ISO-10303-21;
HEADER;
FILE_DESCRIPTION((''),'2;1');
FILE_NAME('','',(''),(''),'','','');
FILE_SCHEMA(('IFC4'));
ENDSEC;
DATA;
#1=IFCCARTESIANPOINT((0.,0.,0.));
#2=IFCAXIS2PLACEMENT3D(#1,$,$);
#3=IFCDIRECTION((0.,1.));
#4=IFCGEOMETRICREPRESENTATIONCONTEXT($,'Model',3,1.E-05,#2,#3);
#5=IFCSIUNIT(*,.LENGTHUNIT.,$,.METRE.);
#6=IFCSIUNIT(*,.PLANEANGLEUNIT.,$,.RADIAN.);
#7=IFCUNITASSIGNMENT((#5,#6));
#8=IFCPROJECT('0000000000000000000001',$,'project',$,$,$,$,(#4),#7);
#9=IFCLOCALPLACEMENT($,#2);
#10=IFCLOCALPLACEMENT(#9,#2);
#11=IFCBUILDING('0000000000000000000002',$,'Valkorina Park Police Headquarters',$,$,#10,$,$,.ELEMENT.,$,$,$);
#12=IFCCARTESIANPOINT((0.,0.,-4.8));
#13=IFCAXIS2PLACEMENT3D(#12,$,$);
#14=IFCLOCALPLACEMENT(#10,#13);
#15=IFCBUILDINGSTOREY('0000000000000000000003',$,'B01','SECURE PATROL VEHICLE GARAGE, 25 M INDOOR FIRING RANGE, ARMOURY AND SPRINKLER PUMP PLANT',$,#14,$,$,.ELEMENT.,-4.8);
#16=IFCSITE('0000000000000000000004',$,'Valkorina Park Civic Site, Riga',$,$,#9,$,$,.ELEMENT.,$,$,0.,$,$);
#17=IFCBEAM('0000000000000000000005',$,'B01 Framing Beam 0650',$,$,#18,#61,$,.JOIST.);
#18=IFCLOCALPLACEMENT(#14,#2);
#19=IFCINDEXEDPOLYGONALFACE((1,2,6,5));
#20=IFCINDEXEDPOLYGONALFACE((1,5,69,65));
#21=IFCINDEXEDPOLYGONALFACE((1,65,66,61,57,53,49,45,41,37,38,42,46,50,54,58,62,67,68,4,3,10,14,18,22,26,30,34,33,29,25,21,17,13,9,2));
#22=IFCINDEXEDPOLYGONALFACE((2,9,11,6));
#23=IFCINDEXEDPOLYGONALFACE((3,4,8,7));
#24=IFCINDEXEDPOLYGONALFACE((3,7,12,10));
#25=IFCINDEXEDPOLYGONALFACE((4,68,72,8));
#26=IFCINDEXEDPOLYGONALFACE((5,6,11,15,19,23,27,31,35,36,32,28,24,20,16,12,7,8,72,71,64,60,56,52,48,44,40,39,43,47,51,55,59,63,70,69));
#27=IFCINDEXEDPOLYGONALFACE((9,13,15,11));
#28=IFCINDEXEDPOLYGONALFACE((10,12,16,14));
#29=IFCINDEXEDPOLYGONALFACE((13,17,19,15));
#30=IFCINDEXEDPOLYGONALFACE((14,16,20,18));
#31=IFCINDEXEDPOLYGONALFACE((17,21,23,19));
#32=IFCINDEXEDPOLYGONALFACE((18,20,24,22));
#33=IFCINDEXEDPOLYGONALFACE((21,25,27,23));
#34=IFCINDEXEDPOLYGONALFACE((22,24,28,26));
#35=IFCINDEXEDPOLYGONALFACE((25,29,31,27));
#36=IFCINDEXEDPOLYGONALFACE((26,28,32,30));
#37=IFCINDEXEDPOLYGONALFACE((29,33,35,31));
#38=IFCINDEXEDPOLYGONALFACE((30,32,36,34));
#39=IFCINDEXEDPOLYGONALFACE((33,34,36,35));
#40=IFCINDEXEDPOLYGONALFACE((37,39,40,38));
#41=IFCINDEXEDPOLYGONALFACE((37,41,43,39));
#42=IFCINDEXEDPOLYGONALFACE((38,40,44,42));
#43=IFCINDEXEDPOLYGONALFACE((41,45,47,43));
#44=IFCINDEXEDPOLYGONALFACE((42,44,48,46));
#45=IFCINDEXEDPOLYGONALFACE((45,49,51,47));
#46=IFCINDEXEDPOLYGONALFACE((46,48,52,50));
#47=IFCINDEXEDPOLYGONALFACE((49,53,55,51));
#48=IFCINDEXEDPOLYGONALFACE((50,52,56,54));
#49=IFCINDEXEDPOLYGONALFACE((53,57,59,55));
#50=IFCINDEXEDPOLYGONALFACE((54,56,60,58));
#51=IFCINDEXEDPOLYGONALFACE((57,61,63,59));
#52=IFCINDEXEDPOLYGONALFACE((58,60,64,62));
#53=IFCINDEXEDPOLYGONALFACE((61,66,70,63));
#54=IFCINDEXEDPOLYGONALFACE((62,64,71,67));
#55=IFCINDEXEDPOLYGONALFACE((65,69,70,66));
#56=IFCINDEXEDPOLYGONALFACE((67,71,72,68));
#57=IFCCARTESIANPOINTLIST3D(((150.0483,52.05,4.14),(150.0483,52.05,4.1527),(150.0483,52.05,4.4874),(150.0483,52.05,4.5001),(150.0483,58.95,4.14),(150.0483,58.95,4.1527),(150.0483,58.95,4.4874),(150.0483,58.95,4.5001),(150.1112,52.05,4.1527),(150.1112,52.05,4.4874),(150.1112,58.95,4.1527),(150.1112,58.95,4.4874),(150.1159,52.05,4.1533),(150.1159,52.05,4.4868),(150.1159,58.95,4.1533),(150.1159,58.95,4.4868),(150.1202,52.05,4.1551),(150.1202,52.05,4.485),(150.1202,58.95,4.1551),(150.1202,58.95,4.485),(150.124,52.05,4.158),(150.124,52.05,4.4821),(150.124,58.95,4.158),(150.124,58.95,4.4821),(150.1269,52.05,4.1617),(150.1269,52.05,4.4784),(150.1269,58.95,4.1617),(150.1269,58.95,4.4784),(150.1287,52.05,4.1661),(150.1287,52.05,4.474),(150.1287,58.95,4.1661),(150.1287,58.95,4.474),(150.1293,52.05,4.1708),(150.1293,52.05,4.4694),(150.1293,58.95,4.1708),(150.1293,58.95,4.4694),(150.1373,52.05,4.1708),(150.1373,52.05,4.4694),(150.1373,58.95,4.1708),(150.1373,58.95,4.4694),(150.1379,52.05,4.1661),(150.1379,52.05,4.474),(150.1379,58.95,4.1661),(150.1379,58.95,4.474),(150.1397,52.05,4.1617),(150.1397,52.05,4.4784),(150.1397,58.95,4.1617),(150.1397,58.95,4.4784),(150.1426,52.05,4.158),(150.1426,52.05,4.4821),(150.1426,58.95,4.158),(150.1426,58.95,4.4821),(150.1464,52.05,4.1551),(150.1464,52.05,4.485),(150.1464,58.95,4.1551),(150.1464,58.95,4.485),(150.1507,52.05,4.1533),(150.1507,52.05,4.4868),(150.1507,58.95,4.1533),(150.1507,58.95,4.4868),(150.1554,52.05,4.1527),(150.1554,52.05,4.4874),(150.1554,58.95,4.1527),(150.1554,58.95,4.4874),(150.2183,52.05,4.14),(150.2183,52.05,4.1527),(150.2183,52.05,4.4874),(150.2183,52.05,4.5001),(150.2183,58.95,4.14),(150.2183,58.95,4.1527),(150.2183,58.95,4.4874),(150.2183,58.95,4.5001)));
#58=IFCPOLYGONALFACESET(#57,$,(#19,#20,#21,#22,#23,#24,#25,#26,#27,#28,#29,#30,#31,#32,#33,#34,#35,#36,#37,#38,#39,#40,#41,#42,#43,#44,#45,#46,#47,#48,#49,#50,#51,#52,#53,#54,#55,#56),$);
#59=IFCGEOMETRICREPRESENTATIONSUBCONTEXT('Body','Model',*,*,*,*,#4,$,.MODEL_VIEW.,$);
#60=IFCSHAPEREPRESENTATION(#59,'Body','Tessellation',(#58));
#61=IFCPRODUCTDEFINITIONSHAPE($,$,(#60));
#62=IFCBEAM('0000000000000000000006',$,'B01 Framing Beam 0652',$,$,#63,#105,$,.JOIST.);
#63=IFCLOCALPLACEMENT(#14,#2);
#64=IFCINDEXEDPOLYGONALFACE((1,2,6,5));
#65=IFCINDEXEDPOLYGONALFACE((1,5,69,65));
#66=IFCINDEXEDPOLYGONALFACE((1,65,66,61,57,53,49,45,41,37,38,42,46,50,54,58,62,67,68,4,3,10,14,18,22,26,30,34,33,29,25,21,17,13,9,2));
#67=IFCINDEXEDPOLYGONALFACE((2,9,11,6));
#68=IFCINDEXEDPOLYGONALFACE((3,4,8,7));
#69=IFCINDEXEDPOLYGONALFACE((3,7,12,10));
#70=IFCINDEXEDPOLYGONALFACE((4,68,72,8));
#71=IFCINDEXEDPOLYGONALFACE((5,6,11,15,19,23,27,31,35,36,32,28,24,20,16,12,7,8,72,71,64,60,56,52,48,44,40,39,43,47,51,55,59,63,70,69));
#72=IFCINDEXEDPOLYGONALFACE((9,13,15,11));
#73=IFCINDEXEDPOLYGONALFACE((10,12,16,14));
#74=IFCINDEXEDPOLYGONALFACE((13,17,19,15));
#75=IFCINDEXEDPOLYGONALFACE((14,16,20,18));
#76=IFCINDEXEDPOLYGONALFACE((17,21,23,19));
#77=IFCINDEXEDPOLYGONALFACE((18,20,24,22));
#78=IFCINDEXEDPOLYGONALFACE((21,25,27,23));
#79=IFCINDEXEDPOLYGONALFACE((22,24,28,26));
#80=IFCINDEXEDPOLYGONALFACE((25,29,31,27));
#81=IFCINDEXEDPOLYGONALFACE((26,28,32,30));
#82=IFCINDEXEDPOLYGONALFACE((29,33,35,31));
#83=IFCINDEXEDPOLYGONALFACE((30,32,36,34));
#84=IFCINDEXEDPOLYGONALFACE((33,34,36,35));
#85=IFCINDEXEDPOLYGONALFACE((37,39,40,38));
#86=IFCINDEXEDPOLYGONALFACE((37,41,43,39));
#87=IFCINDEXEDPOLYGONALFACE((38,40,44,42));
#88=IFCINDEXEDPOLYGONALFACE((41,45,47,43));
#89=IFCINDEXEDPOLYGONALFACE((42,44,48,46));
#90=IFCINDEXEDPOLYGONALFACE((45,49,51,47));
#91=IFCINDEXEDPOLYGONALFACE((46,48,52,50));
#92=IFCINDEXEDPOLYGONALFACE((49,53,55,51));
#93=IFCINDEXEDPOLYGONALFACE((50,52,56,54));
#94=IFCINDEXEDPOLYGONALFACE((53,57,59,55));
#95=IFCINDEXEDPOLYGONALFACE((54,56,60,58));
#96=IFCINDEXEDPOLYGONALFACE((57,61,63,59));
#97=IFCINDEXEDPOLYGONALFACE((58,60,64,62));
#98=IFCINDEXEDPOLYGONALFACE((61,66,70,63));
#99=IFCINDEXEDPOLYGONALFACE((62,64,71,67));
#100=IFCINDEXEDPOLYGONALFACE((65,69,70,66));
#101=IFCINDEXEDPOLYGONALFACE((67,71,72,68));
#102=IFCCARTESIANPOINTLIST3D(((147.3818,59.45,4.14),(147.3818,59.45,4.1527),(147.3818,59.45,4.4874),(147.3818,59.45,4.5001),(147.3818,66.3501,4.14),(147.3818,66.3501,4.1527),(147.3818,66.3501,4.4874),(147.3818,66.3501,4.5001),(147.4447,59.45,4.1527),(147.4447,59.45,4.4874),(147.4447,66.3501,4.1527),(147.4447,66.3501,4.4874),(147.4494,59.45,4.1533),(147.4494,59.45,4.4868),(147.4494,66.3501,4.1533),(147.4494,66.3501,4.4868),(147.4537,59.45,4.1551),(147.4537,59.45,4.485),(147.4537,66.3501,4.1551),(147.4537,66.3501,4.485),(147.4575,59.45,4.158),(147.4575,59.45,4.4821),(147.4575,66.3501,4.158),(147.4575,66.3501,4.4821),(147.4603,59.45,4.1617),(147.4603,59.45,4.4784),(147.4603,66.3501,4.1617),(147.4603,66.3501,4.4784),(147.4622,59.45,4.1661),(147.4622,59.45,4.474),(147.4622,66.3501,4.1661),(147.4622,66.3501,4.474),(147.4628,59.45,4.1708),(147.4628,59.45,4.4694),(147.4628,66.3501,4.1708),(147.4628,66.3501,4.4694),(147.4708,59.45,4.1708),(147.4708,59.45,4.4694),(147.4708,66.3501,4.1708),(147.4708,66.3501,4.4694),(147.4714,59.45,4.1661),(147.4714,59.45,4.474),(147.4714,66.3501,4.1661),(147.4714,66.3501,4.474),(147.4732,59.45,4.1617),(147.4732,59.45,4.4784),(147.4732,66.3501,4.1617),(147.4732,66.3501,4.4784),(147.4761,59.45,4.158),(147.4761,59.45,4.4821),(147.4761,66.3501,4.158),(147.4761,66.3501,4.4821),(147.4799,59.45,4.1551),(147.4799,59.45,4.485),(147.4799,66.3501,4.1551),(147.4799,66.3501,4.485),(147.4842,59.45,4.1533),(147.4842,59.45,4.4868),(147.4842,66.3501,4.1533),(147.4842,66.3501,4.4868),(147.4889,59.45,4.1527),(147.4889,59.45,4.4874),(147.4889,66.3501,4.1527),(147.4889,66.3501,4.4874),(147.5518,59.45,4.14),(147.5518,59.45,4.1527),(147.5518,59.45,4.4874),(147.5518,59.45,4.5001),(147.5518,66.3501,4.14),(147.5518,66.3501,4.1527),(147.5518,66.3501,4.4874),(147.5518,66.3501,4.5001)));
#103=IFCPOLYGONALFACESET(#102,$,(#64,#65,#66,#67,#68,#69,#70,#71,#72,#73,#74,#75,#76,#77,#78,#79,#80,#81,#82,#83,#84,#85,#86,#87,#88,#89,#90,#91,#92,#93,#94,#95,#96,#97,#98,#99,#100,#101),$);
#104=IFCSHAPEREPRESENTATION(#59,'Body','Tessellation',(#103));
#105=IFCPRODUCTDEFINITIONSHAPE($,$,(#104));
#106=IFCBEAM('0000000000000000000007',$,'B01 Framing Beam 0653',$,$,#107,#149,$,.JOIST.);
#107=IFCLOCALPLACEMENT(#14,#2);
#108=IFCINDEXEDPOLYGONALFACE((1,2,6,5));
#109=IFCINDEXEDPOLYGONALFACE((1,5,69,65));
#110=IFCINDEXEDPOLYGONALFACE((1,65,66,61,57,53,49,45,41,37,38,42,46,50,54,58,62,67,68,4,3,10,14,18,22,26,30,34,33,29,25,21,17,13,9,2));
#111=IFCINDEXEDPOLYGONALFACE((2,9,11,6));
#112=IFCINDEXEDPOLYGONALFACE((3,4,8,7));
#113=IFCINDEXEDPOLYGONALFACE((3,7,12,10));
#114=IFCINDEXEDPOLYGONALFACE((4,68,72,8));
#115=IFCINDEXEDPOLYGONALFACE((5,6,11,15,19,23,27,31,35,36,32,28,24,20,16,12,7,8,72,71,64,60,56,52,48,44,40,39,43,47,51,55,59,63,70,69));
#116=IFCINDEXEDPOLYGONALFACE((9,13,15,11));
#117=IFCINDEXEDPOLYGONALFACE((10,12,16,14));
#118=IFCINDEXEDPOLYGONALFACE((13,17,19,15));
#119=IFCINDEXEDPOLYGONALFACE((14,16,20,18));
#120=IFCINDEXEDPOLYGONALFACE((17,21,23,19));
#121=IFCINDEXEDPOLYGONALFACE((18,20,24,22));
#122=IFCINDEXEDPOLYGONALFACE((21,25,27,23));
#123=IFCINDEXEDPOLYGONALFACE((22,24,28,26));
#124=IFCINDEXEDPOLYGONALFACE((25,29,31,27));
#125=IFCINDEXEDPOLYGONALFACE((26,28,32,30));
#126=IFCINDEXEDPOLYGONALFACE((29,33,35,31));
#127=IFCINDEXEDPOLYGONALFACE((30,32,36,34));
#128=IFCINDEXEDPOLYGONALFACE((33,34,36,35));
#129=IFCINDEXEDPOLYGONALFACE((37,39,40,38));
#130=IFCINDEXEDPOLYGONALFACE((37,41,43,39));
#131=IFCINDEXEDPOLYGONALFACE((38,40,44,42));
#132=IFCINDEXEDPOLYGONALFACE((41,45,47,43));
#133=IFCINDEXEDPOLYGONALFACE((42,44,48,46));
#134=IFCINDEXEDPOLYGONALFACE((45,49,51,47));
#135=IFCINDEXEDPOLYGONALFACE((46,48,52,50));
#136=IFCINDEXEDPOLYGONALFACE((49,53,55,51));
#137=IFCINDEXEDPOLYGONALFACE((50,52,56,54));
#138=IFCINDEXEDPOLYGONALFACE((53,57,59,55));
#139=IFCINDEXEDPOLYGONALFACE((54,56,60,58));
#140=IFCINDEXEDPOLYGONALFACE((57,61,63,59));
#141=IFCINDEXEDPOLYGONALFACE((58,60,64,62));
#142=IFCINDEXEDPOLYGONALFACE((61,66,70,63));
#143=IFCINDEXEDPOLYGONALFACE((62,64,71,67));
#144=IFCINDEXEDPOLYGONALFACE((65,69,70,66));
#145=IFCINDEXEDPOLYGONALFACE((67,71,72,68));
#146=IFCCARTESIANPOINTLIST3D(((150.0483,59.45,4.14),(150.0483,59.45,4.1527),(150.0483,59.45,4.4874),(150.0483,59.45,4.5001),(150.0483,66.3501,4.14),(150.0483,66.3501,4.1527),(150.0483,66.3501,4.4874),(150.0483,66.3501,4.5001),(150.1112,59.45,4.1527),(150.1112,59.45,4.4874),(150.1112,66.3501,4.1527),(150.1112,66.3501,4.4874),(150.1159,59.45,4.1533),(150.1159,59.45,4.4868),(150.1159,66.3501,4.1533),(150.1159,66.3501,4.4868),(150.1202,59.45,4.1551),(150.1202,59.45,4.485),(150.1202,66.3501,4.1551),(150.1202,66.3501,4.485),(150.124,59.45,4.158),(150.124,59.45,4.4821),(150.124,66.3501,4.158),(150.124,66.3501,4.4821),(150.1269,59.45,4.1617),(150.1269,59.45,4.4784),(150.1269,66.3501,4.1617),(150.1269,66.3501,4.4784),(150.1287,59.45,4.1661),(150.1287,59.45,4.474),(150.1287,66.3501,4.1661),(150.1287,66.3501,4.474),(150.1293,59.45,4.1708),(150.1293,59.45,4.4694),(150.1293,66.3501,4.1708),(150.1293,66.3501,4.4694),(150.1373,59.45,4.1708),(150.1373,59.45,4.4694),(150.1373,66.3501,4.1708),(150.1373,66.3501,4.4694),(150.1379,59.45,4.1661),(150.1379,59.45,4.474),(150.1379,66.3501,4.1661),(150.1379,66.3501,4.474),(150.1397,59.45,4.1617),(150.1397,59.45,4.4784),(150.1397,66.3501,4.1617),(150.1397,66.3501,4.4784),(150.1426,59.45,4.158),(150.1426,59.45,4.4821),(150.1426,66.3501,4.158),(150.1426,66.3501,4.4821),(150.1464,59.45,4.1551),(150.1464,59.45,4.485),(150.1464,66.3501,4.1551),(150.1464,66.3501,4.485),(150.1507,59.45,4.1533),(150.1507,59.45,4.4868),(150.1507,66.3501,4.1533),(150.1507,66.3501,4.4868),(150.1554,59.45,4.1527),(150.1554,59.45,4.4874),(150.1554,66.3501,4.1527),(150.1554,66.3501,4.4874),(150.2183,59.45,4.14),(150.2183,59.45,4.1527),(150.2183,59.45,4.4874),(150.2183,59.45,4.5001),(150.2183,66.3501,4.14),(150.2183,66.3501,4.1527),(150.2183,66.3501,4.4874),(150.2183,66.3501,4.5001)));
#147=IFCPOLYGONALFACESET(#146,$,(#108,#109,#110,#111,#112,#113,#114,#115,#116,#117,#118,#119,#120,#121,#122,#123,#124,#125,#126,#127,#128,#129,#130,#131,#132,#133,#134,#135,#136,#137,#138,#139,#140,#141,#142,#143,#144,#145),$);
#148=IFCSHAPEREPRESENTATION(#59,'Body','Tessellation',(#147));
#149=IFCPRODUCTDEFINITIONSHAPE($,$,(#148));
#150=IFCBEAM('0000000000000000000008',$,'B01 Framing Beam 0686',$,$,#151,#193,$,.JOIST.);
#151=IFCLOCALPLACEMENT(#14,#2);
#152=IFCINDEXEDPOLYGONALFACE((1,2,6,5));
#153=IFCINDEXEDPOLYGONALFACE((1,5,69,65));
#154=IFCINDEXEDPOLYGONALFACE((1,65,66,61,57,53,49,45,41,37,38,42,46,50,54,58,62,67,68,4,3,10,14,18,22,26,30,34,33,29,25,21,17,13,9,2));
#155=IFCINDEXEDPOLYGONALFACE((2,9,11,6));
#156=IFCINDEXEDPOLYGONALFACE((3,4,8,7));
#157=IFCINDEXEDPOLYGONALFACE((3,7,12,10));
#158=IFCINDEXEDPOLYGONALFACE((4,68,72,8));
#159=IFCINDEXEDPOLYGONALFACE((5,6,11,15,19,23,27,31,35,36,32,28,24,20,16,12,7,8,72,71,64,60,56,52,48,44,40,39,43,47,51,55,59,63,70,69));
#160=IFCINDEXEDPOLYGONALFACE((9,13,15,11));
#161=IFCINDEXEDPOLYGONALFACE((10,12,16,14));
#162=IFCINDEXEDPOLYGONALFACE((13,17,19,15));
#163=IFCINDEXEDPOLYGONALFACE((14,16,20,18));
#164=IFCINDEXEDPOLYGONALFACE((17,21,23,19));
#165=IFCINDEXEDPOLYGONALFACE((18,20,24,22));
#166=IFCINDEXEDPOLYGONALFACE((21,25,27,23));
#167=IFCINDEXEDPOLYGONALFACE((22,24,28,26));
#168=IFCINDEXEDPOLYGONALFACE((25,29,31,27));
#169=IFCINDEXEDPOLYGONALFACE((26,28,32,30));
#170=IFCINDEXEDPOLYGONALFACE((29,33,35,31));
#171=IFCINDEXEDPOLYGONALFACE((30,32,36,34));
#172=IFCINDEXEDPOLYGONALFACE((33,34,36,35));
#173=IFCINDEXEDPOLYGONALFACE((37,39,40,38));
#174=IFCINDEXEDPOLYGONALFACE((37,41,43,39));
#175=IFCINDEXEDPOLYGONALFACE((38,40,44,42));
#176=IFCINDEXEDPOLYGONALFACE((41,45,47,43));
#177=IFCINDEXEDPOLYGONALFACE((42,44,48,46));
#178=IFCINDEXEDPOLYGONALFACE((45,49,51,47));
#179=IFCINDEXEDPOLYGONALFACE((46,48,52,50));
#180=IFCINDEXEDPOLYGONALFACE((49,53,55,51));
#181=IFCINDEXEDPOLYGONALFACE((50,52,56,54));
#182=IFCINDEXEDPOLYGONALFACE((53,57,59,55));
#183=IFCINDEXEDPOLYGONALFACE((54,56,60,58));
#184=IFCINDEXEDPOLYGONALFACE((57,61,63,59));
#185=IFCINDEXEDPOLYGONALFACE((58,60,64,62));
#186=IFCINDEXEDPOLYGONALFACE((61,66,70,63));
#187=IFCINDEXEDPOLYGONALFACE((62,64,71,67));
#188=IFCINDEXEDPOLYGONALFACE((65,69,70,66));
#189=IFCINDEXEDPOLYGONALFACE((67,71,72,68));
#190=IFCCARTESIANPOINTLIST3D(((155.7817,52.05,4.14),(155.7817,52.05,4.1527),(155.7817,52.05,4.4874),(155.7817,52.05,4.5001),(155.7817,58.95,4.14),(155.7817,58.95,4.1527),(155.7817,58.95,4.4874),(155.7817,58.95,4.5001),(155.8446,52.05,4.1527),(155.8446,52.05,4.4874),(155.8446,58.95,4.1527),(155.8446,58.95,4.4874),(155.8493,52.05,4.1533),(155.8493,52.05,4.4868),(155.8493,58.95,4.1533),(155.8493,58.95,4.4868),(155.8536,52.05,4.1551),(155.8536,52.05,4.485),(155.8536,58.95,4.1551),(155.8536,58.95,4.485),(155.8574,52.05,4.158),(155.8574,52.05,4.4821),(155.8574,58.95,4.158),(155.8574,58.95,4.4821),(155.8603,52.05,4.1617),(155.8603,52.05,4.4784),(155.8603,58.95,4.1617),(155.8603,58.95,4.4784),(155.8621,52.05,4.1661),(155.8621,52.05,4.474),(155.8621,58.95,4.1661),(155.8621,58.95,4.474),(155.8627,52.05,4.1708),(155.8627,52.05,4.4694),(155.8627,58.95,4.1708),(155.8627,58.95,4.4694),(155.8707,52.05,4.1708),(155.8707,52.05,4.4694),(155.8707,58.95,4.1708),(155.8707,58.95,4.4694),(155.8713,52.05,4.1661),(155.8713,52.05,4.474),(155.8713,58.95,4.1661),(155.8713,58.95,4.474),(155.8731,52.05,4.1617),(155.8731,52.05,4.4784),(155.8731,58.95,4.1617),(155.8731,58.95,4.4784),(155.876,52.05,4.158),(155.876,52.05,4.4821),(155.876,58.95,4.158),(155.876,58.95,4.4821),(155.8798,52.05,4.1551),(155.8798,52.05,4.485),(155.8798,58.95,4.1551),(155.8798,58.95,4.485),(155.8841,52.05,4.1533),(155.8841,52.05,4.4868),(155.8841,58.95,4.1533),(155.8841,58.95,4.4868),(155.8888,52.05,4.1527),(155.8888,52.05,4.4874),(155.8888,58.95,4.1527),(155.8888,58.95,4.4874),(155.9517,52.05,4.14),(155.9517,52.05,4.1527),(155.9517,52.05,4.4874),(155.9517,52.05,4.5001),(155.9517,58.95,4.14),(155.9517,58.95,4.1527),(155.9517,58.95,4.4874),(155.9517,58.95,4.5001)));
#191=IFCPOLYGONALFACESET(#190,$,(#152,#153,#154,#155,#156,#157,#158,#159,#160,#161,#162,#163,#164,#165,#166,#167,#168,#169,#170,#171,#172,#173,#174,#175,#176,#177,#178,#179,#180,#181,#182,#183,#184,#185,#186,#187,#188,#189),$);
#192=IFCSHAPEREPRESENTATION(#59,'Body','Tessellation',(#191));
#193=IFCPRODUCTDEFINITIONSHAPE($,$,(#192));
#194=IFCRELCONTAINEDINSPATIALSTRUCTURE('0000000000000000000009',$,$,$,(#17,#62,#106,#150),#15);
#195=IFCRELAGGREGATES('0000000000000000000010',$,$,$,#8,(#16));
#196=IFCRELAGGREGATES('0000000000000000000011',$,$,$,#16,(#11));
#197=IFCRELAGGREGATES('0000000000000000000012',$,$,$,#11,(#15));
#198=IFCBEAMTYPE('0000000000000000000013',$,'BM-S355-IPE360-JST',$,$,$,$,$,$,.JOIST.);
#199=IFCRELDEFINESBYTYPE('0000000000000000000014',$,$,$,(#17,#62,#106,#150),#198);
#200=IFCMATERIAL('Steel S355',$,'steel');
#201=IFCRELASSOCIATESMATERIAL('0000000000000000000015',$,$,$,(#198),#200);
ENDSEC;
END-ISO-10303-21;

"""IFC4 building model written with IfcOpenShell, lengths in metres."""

from ifc_helpers import new_model, si_unit, direction, frame, origin, origin_2d, place, context, subcontext, project, spatial, i_section, extrude, material, material_profile, profile_set, type_object, element, save


model = new_model("IFC4")

# Units and contexts
model_context = context("Model", 3, precision=1e-05, world=origin(), true_north=direction((0.0, 1.0)))
body_context = subcontext(model_context, "Body", "Model", "MODEL_VIEW")
ifc_project = project(units=[si_unit("LENGTHUNIT", "METRE"), si_unit("PLANEANGLEUNIT", "RADIAN")], contexts=[model_context])

# Site, building, storey
site_placement = place(None, origin())
site = spatial("IfcSite", under=ifc_project, at=site_placement, Name="Valkorina Park Civic Site, Riga", CompositionType="ELEMENT", RefElevation=0.0)
building_placement = place(site_placement, origin())
building = spatial("IfcBuilding", under=site, at=building_placement, Name="Valkorina Park Police Headquarters", CompositionType="ELEMENT")
storey_placement = place(building_placement, frame((0.0, 0.0, -4.8)))
storey = spatial("IfcBuildingStorey", under=building, at=storey_placement, Name="B01", Description="SECURE PATROL VEHICLE GARAGE, 25 M INDOOR FIRING RANGE, ARMOURY AND SPRINKLER PUMP PLANT", CompositionType="ELEMENT", Elevation=-4.8)

# Beams
ifc_material_1 = material(Name="Steel S355", Category="steel")
ifc_material_profile_1 = material_profile(ifc_material_1, i_section(OverallWidth=0.1699, OverallDepth=0.3601, WebThickness=0.0081, FlangeThickness=0.0127, FilletRadius=0.0181, at=origin_2d()), Name="IPE 360")
ifc_profile_set_1 = profile_set([ifc_material_profile_1], Name="Steel S355")
beam_type_1 = type_object("IfcBeamType", Name="BM-S355-IPE360-JST", PredefinedType="JOIST", material=ifc_profile_set_1)
for number, where, z_axis, x_axis, name in (
    (1, (150.1333, 52.05, 4.3201), (0.0, 1.0, 0.0), (-1.0, 0.0, 0.0), "B01 Framing Beam 0650"),
):
    element("IfcBeam", number, at=place(storey_placement, frame(where, z_axis=z_axis, x_axis=x_axis)), inside=storey, type_object=beam_type_1, Name=name, PredefinedType="JOIST", context=body_context, shape_type="SweptSolid", body=[
        extrude(i_section(OverallWidth=0.1699, OverallDepth=0.3601, WebThickness=0.0081, FlangeThickness=0.0127, FilletRadius=0.0181, at=origin_2d()), origin(), (0.0, 0.0, 1.0), 6.8999),
    ])
for number, where, z_axis, x_axis, name in (
    (2, (147.4668, 59.45, 4.3201), (0.0, 1.0, 0.0), (-1.0, 0.0, 0.0), "B01 Framing Beam 0652"),
    (3, (150.1333, 59.45, 4.3201), (0.0, 1.0, 0.0), (-1.0, 0.0, 0.0), "B01 Framing Beam 0653"),
):
    element("IfcBeam", number, at=place(storey_placement, frame(where, z_axis=z_axis, x_axis=x_axis)), inside=storey, type_object=beam_type_1, Name=name, PredefinedType="JOIST", context=body_context, shape_type="SweptSolid", body=[
        extrude(i_section(OverallWidth=0.1699, OverallDepth=0.3601, WebThickness=0.0081, FlangeThickness=0.0127, FilletRadius=0.0181, at=origin_2d()), origin(), (0.0, 0.0, 1.0), 6.9001),
    ])
for number, where, z_axis, x_axis, name in (
    (4, (155.8667, 52.05, 4.3201), (0.0, 1.0, 0.0), (-1.0, 0.0, 0.0), "B01 Framing Beam 0686"),
):
    element("IfcBeam", number, at=place(storey_placement, frame(where, z_axis=z_axis, x_axis=x_axis)), inside=storey, type_object=beam_type_1, Name=name, PredefinedType="JOIST", context=body_context, shape_type="SweptSolid", body=[
        extrude(i_section(OverallWidth=0.1699, OverallDepth=0.3601, WebThickness=0.0081, FlangeThickness=0.0127, FilletRadius=0.0181, at=origin_2d()), origin(), (0.0, 0.0, 1.0), 6.8999),
    ])

save(model, "model.ifc")
